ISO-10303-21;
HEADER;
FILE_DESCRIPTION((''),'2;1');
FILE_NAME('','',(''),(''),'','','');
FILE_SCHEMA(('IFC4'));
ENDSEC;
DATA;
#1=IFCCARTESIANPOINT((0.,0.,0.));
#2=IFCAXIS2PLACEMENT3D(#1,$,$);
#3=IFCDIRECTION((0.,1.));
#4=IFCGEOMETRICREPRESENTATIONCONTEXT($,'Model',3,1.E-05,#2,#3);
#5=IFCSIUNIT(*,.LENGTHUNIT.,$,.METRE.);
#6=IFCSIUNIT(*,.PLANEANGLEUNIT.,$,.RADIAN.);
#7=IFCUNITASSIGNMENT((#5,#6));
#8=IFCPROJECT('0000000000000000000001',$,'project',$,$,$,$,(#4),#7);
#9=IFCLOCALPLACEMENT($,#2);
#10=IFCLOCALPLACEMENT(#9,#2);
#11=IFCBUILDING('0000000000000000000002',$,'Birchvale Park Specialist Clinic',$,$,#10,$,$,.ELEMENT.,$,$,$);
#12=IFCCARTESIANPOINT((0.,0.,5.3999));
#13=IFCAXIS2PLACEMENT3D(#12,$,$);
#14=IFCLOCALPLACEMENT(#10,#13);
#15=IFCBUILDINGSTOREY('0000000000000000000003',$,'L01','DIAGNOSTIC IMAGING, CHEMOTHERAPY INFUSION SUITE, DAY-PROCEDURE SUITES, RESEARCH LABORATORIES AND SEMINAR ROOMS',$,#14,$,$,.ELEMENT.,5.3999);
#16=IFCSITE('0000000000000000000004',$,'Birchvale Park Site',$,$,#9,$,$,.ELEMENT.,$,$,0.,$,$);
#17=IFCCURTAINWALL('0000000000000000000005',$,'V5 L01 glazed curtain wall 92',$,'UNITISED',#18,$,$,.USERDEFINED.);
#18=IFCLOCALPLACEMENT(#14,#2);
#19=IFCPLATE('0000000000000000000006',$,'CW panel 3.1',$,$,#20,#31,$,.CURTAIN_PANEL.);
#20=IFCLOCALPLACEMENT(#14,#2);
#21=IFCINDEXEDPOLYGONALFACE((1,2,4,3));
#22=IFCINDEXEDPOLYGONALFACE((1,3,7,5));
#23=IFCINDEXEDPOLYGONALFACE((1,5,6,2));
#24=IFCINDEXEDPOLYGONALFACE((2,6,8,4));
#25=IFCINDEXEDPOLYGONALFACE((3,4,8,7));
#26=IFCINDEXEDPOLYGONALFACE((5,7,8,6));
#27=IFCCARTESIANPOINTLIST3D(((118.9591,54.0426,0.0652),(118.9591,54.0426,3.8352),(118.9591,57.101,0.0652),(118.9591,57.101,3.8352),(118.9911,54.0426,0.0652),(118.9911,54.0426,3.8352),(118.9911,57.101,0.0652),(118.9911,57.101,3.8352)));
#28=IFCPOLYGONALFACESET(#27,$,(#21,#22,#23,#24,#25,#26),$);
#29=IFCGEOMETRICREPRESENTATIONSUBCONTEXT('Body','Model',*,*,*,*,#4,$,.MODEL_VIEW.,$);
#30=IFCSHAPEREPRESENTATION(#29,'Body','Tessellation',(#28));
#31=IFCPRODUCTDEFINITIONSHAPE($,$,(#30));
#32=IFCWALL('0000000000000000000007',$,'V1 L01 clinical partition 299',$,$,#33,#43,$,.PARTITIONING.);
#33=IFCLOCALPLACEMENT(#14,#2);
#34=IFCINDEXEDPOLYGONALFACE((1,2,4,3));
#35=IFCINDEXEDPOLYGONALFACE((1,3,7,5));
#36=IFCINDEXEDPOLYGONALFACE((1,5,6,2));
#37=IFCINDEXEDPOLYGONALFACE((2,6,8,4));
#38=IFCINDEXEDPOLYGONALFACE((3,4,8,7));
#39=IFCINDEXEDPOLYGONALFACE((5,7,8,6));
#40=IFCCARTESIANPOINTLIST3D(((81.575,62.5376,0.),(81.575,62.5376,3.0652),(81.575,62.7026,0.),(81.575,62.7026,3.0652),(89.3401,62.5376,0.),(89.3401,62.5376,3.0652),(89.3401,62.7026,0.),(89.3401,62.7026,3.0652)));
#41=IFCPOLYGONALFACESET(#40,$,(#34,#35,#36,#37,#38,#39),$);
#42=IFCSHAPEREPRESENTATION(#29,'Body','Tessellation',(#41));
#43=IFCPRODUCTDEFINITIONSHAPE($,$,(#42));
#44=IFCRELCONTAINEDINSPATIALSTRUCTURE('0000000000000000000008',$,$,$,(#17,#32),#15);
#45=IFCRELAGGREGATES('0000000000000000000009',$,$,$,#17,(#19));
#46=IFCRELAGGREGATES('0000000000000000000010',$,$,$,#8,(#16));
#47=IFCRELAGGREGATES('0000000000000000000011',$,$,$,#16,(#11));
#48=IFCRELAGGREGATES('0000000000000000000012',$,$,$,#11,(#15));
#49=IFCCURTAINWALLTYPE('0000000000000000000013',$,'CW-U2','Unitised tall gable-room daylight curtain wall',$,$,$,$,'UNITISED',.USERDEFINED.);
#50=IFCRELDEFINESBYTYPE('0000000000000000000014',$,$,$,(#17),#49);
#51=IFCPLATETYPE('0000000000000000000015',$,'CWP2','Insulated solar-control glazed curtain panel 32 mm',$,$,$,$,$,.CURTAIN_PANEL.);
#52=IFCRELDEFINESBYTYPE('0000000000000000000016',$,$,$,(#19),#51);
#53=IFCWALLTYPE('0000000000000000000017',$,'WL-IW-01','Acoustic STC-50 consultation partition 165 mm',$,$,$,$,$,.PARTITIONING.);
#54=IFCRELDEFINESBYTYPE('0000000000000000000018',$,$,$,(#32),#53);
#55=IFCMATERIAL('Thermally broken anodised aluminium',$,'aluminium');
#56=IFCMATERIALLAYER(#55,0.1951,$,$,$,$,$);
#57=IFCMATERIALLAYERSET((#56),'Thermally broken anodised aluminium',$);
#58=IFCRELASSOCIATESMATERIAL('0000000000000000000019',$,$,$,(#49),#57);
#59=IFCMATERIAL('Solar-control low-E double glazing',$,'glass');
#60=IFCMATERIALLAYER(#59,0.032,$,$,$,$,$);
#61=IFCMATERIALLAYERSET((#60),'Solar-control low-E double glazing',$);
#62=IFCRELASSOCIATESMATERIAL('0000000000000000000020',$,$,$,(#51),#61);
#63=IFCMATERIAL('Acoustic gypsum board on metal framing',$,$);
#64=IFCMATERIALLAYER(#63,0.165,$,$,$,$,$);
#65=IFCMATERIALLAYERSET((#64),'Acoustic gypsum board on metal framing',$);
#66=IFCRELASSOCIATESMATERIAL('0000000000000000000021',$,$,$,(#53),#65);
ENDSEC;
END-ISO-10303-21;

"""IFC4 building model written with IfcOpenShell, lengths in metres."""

from ifc_helpers import new_model, si_unit, direction, frame, frame_2d, origin, origin_2d, place, context, subcontext, project, spatial, rectangle, extrude, material, layer, layer_set, type_object, element, aggregate, save


model = new_model("IFC4")

# Units and contexts
model_context = context("Model", 3, precision=1e-05, world=origin(), true_north=direction((0.0, 1.0)))
body_context = subcontext(model_context, "Body", "Model", "MODEL_VIEW")
ifc_project = project(units=[si_unit("LENGTHUNIT", "METRE"), si_unit("PLANEANGLEUNIT", "RADIAN")], contexts=[model_context])

# Site, building, storey
site_placement = place(None, origin())
site = spatial("IfcSite", under=ifc_project, at=site_placement, Name="Birchvale Park Site", CompositionType="ELEMENT", RefElevation=0.0)
building_placement = place(site_placement, origin())
building = spatial("IfcBuilding", under=site, at=building_placement, Name="Birchvale Park Specialist Clinic", CompositionType="ELEMENT")
storey_placement = place(building_placement, frame((0.0, 0.0, 5.3999)))
storey = spatial("IfcBuildingStorey", under=building, at=storey_placement, Name="L01", Description="DIAGNOSTIC IMAGING, CHEMOTHERAPY INFUSION SUITE, DAY-PROCEDURE SUITES, RESEARCH LABORATORIES AND SEMINAR ROOMS", CompositionType="ELEMENT", Elevation=5.3999)

# Shared definitions
ifc_material_1 = material(Name="Thermally broken anodised aluminium", Category="aluminium")
ifc_layer_1 = layer(ifc_material_1, 0.1951)
ifc_layer_set_1 = layer_set([ifc_layer_1], Name="Thermally broken anodised aluminium")
curtain_wall_type = type_object("IfcCurtainWallType", Name="CW-U2", Description="Unitised tall gable-room daylight curtain wall", ElementType="UNITISED", PredefinedType="USERDEFINED", material=ifc_layer_set_1)

# Curtain wall
curtain_wall_1_placement = place(storey_placement, origin())
curtain_wall_1 = element("IfcCurtainWall", 1, at=curtain_wall_1_placement, inside=storey, type_object=curtain_wall_type, Name="V5 L01 glazed curtain wall 92", ObjectType="UNITISED", PredefinedType="USERDEFINED")

# Plate
ifc_material_2 = material(Name="Solar-control low-E double glazing", Category="glass")
ifc_layer_2 = layer(ifc_material_2, 0.032)
ifc_layer_set_2 = layer_set([ifc_layer_2], Name="Solar-control low-E double glazing")
plate_type = type_object("IfcPlateType", Name="CWP2", Description="Insulated solar-control glazed curtain panel 32 mm", PredefinedType="CURTAIN_PANEL", material=ifc_layer_set_2)
plate_1_placement = place(storey_placement, frame((118.9751, 55.5718, 0.0652), z_axis=(0.0, 0.0, 1.0), x_axis=(0.0, -1.0, 0.0)))
plate_1 = element("IfcPlate", 2, at=plate_1_placement, type_object=plate_type, Name="CW panel 3.1", PredefinedType="CURTAIN_PANEL", context=body_context, shape_type="SweptSolid", body=[
    extrude(rectangle(XDim=3.0583, YDim=0.032, at=origin_2d()), origin(), (0.0, 0.0, 1.0), 3.77),
])
aggregate(curtain_wall_1, [plate_1])

# Wall
ifc_material_3 = material(Name="Acoustic gypsum board on metal framing")
ifc_layer_3 = layer(ifc_material_3, 0.165)
ifc_layer_set_3 = layer_set([ifc_layer_3], Name="Acoustic gypsum board on metal framing")
wall_type = type_object("IfcWallType", Name="WL-IW-01", Description="Acoustic STC-50 consultation partition 165 mm", PredefinedType="PARTITIONING", material=ifc_layer_set_3)
wall_placement = place(storey_placement, frame((89.3401, 62.6201, 0.0), z_axis=(0.0, 0.0, 1.0), x_axis=(-1.0, 0.0, 0.0)))
element("IfcWall", 3, at=wall_placement, inside=storey, type_object=wall_type, Name="V1 L01 clinical partition 299", PredefinedType="PARTITIONING", context=body_context, shape_type="SweptSolid", body=[
    extrude(rectangle(XDim=7.7651, YDim=0.165, at=frame_2d((3.8826, 0.0))), origin(), (0.0, 0.0, 1.0), 3.0652),
])

save(model, "model.ifc")
